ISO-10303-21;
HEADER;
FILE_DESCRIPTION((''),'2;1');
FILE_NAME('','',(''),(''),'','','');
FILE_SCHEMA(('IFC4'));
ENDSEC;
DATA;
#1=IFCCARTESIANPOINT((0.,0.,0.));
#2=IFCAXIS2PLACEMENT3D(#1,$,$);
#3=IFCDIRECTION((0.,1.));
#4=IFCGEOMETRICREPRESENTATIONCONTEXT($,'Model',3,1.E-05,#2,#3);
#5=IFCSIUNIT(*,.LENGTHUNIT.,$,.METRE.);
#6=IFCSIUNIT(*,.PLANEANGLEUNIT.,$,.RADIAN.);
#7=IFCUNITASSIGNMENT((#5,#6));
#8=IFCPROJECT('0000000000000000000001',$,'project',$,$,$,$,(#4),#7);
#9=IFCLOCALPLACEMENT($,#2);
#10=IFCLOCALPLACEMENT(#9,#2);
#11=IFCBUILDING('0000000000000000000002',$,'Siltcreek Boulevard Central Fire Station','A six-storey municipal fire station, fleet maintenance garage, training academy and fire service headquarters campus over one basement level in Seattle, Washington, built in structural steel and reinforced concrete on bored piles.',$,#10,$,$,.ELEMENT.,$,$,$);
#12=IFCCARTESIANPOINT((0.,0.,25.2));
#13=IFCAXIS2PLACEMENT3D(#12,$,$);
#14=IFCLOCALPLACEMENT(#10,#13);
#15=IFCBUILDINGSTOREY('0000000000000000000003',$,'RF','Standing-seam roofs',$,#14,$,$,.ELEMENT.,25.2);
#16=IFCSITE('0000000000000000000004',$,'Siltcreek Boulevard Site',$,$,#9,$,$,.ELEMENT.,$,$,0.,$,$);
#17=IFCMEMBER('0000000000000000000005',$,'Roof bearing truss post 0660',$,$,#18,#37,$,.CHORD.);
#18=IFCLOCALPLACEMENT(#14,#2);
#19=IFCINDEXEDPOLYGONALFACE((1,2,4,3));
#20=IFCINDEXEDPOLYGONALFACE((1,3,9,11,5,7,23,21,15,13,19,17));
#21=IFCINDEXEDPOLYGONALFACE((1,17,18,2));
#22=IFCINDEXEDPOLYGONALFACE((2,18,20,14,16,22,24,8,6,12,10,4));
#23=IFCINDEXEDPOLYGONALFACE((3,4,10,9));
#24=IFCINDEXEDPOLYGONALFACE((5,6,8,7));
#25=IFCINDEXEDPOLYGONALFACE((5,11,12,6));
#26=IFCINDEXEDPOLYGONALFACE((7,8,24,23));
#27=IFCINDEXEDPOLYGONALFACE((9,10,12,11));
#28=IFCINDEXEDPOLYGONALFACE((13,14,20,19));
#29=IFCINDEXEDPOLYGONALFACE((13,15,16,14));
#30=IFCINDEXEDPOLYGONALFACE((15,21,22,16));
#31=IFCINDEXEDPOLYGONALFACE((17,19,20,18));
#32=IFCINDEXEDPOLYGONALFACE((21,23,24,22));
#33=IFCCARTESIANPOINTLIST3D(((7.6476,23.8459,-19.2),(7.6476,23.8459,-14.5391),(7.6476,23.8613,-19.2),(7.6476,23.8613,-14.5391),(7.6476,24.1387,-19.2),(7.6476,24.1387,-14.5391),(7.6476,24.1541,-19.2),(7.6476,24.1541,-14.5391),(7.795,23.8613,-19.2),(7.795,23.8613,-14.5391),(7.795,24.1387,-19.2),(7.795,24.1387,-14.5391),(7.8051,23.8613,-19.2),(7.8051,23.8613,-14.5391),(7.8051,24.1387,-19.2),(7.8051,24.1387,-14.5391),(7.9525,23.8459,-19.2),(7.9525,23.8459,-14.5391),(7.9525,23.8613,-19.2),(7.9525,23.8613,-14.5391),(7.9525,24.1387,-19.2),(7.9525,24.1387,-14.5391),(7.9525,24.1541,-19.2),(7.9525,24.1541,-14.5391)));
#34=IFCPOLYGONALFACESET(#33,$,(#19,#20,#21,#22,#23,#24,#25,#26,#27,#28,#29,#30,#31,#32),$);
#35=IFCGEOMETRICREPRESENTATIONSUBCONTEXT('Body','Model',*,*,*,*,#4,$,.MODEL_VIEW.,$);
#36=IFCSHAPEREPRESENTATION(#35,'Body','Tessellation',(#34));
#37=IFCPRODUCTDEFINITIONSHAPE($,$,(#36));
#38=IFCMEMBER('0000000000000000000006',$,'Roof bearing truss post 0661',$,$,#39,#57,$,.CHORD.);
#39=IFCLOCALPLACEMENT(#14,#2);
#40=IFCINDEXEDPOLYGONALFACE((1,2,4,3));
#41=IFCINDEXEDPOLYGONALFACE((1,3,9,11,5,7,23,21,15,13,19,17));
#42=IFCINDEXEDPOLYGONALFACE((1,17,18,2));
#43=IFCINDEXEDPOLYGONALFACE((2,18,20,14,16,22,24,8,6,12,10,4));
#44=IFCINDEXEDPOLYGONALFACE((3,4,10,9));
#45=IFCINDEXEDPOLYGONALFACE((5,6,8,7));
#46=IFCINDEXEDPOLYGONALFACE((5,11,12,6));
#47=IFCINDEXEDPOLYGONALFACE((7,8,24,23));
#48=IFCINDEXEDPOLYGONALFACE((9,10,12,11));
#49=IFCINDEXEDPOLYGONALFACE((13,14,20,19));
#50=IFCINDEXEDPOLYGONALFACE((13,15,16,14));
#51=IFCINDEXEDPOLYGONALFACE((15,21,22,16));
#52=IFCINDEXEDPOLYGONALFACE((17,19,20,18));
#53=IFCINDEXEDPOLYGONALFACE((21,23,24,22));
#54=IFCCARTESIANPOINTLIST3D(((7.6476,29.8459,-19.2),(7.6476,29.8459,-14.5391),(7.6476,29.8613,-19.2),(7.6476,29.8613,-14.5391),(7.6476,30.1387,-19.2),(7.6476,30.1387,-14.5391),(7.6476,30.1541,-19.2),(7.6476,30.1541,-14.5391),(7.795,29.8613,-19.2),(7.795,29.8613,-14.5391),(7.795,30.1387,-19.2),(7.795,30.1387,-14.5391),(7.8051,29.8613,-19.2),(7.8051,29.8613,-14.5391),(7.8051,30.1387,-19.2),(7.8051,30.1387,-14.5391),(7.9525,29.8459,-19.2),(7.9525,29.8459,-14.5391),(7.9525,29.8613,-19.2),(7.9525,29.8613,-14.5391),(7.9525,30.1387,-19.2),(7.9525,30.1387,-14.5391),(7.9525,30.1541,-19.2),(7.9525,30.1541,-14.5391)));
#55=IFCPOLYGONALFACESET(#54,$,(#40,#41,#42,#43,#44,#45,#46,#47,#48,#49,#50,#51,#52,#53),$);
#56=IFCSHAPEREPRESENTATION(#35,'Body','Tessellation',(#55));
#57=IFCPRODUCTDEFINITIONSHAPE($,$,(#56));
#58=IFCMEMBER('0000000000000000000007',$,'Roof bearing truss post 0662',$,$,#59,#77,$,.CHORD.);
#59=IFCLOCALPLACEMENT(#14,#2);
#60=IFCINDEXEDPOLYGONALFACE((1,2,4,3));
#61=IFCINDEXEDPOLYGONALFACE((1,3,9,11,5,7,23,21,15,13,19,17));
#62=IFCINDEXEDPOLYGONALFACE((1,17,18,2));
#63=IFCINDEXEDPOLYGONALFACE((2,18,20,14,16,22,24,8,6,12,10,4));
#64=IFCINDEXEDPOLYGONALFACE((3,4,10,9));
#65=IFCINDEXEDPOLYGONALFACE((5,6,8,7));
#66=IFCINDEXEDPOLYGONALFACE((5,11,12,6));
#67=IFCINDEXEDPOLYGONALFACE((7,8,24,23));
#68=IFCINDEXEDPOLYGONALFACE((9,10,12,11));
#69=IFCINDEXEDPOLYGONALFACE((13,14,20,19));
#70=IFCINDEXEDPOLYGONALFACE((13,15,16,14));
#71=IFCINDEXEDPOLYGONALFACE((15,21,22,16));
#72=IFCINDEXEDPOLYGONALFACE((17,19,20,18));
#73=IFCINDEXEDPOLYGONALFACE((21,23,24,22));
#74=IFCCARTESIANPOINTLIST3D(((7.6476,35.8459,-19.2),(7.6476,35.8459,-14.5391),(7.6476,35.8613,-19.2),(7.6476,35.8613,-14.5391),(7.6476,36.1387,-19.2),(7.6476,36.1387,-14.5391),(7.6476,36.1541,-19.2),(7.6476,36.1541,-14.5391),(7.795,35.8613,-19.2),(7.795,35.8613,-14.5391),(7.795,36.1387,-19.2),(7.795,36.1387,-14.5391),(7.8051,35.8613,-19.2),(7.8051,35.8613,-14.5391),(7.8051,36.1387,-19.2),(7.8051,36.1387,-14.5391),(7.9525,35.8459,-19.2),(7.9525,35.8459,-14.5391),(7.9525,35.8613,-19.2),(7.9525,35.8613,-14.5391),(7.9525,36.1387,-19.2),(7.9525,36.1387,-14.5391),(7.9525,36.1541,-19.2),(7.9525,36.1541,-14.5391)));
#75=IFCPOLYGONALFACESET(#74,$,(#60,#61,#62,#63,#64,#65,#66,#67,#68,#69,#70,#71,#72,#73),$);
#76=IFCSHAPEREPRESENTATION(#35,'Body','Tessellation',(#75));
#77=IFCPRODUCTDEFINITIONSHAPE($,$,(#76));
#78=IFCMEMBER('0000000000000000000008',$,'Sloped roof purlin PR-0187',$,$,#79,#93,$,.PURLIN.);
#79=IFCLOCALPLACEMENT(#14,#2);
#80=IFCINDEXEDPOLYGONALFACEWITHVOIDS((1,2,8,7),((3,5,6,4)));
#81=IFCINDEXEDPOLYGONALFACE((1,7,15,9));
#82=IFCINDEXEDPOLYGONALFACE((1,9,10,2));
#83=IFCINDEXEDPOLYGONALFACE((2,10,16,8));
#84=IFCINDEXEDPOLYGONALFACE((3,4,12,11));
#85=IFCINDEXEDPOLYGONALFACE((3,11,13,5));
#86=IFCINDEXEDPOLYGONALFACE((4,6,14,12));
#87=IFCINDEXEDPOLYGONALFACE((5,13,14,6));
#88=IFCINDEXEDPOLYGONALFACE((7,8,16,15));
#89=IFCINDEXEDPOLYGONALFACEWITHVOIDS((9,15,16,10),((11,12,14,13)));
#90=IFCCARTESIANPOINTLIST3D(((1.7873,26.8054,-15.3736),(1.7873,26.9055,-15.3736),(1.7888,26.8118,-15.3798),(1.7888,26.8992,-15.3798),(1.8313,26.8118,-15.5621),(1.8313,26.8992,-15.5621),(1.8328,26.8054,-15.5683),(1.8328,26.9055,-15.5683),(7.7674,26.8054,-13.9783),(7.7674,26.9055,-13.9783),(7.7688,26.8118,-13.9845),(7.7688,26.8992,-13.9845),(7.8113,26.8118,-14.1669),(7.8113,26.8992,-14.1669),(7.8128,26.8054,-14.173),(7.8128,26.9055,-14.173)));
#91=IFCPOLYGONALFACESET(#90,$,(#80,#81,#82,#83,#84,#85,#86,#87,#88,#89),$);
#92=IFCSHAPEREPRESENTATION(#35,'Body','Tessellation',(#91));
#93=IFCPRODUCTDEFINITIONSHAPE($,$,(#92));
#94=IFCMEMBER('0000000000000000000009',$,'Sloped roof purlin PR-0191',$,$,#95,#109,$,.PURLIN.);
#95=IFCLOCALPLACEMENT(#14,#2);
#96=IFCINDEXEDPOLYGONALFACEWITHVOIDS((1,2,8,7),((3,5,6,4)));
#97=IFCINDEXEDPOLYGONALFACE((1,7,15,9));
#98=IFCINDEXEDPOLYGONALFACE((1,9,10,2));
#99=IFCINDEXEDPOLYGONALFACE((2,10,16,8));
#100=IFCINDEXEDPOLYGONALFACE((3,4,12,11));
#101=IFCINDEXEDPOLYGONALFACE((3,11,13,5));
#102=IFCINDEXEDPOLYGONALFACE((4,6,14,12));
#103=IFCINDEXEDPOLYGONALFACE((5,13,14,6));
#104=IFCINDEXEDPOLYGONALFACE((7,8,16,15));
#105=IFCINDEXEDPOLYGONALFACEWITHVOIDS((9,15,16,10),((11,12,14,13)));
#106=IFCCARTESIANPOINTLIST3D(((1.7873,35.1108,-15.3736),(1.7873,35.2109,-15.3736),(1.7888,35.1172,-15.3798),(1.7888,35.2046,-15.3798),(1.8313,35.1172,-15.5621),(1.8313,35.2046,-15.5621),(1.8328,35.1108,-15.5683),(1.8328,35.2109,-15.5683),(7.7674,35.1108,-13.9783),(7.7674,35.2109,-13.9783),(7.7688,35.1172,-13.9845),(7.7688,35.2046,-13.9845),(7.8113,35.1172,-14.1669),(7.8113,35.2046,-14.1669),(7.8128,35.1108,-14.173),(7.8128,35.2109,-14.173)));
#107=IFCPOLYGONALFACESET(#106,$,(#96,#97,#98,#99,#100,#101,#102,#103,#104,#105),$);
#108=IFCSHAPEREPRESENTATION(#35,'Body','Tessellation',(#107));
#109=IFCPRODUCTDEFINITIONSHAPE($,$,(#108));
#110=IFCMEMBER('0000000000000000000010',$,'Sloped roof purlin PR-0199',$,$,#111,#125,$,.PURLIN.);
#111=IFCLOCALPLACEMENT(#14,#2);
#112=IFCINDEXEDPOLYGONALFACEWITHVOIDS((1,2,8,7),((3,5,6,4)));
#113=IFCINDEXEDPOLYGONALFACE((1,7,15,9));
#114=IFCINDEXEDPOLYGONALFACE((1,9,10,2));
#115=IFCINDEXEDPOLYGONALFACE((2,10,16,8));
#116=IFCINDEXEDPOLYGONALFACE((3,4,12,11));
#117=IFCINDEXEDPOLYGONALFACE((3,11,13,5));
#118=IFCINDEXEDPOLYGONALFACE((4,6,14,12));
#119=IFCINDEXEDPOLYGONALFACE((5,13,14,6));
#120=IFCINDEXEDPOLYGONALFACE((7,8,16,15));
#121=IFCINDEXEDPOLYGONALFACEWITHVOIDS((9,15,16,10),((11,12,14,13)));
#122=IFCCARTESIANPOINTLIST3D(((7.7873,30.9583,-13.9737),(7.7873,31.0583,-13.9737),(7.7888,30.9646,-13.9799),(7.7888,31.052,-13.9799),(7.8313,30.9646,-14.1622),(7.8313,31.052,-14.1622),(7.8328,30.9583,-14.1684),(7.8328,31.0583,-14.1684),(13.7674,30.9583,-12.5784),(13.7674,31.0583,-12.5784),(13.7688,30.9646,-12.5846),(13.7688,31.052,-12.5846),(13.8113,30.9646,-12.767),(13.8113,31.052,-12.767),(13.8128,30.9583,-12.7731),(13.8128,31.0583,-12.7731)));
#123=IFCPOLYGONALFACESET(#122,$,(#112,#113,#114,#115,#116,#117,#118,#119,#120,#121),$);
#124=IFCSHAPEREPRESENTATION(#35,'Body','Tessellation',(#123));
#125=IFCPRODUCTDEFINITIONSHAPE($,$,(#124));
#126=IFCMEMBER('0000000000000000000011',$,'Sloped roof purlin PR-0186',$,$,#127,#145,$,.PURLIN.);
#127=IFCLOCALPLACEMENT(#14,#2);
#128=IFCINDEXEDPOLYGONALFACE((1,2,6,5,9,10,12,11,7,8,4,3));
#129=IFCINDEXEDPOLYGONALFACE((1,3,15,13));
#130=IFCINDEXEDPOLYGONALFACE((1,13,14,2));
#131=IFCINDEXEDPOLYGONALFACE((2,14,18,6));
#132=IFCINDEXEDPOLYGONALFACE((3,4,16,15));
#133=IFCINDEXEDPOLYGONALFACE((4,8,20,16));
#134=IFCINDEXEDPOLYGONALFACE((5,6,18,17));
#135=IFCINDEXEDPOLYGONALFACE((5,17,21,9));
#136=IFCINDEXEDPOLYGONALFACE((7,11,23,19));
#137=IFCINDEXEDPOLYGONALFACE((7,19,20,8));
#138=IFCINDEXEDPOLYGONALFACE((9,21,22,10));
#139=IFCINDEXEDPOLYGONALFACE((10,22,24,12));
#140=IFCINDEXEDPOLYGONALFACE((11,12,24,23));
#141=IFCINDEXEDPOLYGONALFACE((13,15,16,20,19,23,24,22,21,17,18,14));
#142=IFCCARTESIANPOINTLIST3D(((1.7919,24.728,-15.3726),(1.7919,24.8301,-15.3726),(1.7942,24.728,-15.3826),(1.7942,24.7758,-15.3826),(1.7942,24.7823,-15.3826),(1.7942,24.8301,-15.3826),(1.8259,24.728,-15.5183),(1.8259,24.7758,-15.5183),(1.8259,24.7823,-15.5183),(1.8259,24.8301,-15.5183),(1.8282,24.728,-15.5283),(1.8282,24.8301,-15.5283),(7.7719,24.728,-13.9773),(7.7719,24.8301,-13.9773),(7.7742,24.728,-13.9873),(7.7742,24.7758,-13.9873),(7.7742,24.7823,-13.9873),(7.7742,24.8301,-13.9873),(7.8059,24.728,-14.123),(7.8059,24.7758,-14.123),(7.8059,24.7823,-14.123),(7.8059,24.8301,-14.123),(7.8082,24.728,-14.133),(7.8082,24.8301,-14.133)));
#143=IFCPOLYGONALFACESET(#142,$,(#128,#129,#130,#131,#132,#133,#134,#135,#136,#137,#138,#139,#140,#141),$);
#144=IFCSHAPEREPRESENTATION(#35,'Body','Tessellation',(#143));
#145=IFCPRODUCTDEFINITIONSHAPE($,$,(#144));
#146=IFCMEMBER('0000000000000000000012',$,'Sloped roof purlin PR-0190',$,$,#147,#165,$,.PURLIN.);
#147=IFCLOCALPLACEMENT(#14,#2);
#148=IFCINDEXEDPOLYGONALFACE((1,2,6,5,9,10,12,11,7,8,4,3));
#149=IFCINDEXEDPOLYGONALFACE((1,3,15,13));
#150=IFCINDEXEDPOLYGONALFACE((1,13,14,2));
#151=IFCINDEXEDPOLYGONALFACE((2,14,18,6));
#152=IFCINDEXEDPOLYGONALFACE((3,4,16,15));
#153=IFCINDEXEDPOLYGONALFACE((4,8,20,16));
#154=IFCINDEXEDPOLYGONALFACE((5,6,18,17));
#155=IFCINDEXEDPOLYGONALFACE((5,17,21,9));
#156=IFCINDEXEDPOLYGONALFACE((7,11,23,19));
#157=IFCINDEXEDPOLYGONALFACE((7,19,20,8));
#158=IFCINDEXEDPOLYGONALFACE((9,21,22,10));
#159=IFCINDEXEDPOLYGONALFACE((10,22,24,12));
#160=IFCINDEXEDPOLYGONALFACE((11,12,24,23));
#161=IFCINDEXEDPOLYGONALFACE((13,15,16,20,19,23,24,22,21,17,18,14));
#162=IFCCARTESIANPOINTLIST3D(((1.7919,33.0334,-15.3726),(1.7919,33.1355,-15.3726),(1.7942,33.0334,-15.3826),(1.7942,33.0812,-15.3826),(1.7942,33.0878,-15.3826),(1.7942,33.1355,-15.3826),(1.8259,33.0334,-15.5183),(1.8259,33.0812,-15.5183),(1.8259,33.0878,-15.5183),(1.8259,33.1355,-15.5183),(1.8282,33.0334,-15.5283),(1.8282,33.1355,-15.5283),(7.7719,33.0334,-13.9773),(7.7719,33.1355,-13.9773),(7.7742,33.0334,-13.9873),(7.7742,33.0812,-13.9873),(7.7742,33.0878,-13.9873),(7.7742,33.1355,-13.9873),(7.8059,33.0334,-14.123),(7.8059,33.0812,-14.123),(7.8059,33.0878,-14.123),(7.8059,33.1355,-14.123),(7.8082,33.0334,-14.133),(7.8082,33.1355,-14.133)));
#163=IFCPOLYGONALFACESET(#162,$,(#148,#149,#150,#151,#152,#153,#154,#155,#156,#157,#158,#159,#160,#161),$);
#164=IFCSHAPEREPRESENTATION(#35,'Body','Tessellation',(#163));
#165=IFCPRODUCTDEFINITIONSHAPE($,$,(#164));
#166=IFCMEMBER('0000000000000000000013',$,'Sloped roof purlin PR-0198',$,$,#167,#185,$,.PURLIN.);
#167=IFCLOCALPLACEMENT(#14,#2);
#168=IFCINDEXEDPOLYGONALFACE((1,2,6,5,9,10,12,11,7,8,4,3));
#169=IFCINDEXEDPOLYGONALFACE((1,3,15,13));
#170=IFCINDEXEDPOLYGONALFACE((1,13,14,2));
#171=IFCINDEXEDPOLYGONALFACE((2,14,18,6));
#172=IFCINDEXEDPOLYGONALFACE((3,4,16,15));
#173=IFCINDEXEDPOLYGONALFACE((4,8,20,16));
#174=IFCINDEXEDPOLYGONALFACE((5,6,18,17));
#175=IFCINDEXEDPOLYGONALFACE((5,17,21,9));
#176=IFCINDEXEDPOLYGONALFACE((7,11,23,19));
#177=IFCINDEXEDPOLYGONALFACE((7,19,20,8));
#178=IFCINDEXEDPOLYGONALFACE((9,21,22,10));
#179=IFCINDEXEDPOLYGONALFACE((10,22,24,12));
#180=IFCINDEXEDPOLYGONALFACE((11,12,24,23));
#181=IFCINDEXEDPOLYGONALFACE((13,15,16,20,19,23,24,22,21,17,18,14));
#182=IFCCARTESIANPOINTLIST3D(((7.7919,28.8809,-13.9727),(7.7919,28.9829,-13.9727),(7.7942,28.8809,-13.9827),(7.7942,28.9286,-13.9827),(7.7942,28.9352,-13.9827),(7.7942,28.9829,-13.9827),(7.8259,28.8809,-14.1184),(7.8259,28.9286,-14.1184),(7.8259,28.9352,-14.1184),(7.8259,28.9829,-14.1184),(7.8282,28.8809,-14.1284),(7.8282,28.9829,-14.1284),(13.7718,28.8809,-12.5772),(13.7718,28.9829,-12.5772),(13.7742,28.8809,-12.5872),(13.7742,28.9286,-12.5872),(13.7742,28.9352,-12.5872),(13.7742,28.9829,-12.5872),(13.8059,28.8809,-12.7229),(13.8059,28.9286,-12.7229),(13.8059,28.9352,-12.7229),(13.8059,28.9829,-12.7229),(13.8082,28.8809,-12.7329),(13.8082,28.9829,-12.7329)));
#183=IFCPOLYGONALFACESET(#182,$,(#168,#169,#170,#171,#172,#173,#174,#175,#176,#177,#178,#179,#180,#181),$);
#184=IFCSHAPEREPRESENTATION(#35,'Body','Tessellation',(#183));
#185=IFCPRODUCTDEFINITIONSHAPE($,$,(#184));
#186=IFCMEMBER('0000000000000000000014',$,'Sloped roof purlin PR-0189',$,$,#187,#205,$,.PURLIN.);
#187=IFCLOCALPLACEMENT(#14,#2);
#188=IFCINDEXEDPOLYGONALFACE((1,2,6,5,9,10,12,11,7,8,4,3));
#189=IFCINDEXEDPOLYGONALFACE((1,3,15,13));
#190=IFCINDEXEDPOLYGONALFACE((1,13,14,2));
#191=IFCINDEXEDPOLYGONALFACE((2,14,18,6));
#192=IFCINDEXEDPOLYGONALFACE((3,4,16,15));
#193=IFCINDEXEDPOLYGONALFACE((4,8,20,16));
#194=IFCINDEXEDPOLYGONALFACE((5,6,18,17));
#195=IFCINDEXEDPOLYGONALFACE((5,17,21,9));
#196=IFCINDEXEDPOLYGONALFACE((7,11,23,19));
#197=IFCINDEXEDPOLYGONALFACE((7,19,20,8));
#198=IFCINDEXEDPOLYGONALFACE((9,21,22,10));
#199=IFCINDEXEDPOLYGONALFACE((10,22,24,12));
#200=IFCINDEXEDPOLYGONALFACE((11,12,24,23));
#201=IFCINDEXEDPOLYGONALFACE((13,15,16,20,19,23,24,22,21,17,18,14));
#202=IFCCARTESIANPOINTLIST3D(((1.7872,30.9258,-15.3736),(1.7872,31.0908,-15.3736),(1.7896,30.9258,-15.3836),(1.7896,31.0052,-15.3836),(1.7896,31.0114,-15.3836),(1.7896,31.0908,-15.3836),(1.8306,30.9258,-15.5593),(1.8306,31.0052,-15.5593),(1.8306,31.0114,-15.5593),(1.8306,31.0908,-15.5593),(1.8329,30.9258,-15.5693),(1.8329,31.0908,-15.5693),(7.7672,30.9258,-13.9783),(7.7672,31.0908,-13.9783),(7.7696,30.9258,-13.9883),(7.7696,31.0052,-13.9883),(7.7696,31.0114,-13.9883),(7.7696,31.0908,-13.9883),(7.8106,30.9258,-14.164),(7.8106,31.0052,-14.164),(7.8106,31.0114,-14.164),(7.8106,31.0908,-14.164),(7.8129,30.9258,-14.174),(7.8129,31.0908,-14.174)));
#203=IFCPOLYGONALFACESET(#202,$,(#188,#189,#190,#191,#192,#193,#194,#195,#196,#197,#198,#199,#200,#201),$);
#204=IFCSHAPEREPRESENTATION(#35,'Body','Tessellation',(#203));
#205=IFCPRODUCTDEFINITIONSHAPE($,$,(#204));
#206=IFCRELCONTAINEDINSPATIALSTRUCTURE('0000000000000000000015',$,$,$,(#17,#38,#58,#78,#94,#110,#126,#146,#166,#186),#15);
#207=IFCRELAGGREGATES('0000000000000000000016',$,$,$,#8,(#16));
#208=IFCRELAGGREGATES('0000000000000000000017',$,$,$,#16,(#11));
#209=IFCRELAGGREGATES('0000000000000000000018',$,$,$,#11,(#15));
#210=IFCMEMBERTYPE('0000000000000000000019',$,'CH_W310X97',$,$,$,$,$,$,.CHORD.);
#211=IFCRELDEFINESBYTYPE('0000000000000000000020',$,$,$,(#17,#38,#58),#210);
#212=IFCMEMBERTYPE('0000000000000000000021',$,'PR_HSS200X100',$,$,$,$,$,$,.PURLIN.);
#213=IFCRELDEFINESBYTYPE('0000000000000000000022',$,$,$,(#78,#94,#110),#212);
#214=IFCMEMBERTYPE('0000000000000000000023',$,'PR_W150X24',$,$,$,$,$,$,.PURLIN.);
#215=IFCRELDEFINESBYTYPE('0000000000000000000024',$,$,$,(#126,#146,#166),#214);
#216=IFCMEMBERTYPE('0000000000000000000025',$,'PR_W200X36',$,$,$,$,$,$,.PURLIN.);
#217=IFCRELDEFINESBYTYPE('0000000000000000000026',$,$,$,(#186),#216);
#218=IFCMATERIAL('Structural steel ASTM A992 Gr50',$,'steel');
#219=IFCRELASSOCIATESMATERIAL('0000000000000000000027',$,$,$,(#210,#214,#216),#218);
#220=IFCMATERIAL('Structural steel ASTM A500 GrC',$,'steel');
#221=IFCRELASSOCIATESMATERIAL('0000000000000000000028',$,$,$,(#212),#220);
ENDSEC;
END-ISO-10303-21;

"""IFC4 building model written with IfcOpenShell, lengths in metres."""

from ifc_helpers import new_model, si_unit, direction, frame, origin, origin_2d, place, context, subcontext, project, spatial, hollow_rectangle, i_section, extrude, material, material_profile, profile_set, type_object, element, save


model = new_model("IFC4")

# Units and contexts
model_context = context("Model", 3, precision=1e-05, world=origin(), true_north=direction((0.0, 1.0)))
body_context = subcontext(model_context, "Body", "Model", "MODEL_VIEW")
ifc_project = project(units=[si_unit("LENGTHUNIT", "METRE"), si_unit("PLANEANGLEUNIT", "RADIAN")], contexts=[model_context])

# Site, building, storey
site_placement = place(None, origin())
site = spatial("IfcSite", under=ifc_project, at=site_placement, Name="Siltcreek Boulevard Site", CompositionType="ELEMENT", RefElevation=0.0)
building_placement = place(site_placement, origin())
building = spatial("IfcBuilding", under=site, at=building_placement, Name="Siltcreek Boulevard Central Fire Station", Description="A six-storey municipal fire station, fleet maintenance garage, training academy and fire service headquarters campus over one basement level in Seattle, Washington, built in structural steel and reinforced concrete on bored piles.", CompositionType="ELEMENT")
storey_placement = place(building_placement, frame((0.0, 0.0, 25.2)))
storey = spatial("IfcBuildingStorey", under=building, at=storey_placement, Name="RF", Description="Standing-seam roofs", CompositionType="ELEMENT", Elevation=25.2)

# Members
ifc_material_1 = material(Name="Structural steel ASTM A992 Gr50", Category="steel")
ifc_material_profile_1 = material_profile(ifc_material_1, i_section(OverallWidth=0.3049, OverallDepth=0.3081, WebThickness=0.01, FlangeThickness=0.0154, at=origin_2d()), Name="W310X97")
ifc_profile_set_1 = profile_set([ifc_material_profile_1], Name="Structural steel ASTM A992 Gr50")
member_type_1 = type_object("IfcMemberType", Name="CH_W310X97", PredefinedType="CHORD", material=ifc_profile_set_1)
for number, where, z_axis, x_axis, name in (
    (1, (7.8, 24.0, -19.2), (0.0, 0.0, 1.0), (1.0, 0.0, 0.0), "Roof bearing truss post 0660"),
    (2, (7.8, 30.0, -19.2), (0.0, 0.0, 1.0), (1.0, 0.0, 0.0), "Roof bearing truss post 0661"),
    (3, (7.8, 36.0, -19.2), (0.0, 0.0, 1.0), (1.0, 0.0, 0.0), "Roof bearing truss post 0662"),
):
    element("IfcMember", number, at=place(storey_placement, frame(where, z_axis=z_axis, x_axis=x_axis)), inside=storey, type_object=member_type_1, Name=name, PredefinedType="CHORD", context=body_context, shape_type="SweptSolid", body=[
        extrude(i_section(OverallWidth=0.3049, OverallDepth=0.3081, WebThickness=0.01, FlangeThickness=0.0154, at=origin_2d()), origin(), (0.0, 0.0, 1.0), 4.6609),
    ])
ifc_material_2 = material(Name="Structural steel ASTM A500 GrC", Category="steel")
ifc_material_profile_2 = material_profile(ifc_material_2, hollow_rectangle(XDim=0.1001, YDim=0.2, WallThickness=0.0063, at=origin_2d()), Name="HSS200X100X6.4")
ifc_profile_set_2 = profile_set([ifc_material_profile_2], Name="Structural steel ASTM A500 GrC")
member_type_2 = type_object("IfcMemberType", Name="PR_HSS200X100", PredefinedType="PURLIN", material=ifc_profile_set_2)
for number, where, z_axis, x_axis, name in (
    (4, (1.8101, 26.8555, -15.4709), (0.973844, 0.0, 0.22722), (0.0, 1.0, 0.0), "Sloped roof purlin PR-0187"),
    (5, (1.8101, 35.1609, -15.4709), (0.973844, 0.0, 0.22722), (0.0, 1.0, 0.0), "Sloped roof purlin PR-0191"),
    (6, (7.8101, 31.0083, -14.071), (0.973844, 0.0, 0.22722), (0.0, 1.0, 0.0), "Sloped roof purlin PR-0199"),
):
    element("IfcMember", number, at=place(storey_placement, frame(where, z_axis=z_axis, x_axis=x_axis)), inside=storey, type_object=member_type_2, Name=name, PredefinedType="PURLIN", context=body_context, shape_type="SweptSolid", body=[
        extrude(hollow_rectangle(XDim=0.1001, YDim=0.2, WallThickness=0.0063, at=origin_2d()), origin(), (0.0, 0.0, 1.0), 6.1406),
    ])
ifc_material_profile_3 = material_profile(ifc_material_1, i_section(OverallWidth=0.1021, OverallDepth=0.1599, WebThickness=0.0066, FlangeThickness=0.0103, at=origin_2d()), Name="W150X24")
ifc_profile_set_3 = profile_set([ifc_material_profile_3], Name="Structural steel ASTM A992 Gr50")
member_type_3 = type_object("IfcMemberType", Name="PR_W150X24", PredefinedType="PURLIN", material=ifc_profile_set_3)
for number, where, z_axis, x_axis, name in (
    (7, (1.8101, 24.7791, -15.4504), (0.973844, 0.0, 0.22722), (0.0, 1.0, 0.0), "Sloped roof purlin PR-0186"),
    (8, (1.8101, 33.0845, -15.4504), (0.973844, 0.0, 0.22722), (0.0, 1.0, 0.0), "Sloped roof purlin PR-0190"),
    (9, (7.8101, 28.9319, -14.0505), (0.973835, 0.0, 0.227257), (0.0, 1.0, 0.0), "Sloped roof purlin PR-0198"),
):
    element("IfcMember", number, at=place(storey_placement, frame(where, z_axis=z_axis, x_axis=x_axis)), inside=storey, type_object=member_type_3, Name=name, PredefinedType="PURLIN", context=body_context, shape_type="SweptSolid", body=[
        extrude(i_section(OverallWidth=0.1021, OverallDepth=0.1599, WebThickness=0.0066, FlangeThickness=0.0103, at=origin_2d()), origin(), (0.0, 0.0, 1.0), 6.1406),
    ])
ifc_material_profile_4 = material_profile(ifc_material_1, i_section(OverallWidth=0.165, OverallDepth=0.2009, WebThickness=0.0061, FlangeThickness=0.0103, at=origin_2d()), Name="W200X36")
ifc_profile_set_4 = profile_set([ifc_material_profile_4], Name="Structural steel ASTM A992 Gr50")
member_type_4 = type_object("IfcMemberType", Name="PR_W200X36", PredefinedType="PURLIN", material=ifc_profile_set_4)
for number, where, z_axis, x_axis, name in (
    (10, (1.8101, 31.0083, -15.4714), (0.973844, 0.0, 0.22722), (0.0, 1.0, 0.0), "Sloped roof purlin PR-0189"),
):
    element("IfcMember", number, at=place(storey_placement, frame(where, z_axis=z_axis, x_axis=x_axis)), inside=storey, type_object=member_type_4, Name=name, PredefinedType="PURLIN", context=body_context, shape_type="SweptSolid", body=[
        extrude(i_section(OverallWidth=0.165, OverallDepth=0.2009, WebThickness=0.0061, FlangeThickness=0.0103, at=origin_2d()), origin(), (0.0, 0.0, 1.0), 6.1406),
    ])

save(model, "model.ifc")
